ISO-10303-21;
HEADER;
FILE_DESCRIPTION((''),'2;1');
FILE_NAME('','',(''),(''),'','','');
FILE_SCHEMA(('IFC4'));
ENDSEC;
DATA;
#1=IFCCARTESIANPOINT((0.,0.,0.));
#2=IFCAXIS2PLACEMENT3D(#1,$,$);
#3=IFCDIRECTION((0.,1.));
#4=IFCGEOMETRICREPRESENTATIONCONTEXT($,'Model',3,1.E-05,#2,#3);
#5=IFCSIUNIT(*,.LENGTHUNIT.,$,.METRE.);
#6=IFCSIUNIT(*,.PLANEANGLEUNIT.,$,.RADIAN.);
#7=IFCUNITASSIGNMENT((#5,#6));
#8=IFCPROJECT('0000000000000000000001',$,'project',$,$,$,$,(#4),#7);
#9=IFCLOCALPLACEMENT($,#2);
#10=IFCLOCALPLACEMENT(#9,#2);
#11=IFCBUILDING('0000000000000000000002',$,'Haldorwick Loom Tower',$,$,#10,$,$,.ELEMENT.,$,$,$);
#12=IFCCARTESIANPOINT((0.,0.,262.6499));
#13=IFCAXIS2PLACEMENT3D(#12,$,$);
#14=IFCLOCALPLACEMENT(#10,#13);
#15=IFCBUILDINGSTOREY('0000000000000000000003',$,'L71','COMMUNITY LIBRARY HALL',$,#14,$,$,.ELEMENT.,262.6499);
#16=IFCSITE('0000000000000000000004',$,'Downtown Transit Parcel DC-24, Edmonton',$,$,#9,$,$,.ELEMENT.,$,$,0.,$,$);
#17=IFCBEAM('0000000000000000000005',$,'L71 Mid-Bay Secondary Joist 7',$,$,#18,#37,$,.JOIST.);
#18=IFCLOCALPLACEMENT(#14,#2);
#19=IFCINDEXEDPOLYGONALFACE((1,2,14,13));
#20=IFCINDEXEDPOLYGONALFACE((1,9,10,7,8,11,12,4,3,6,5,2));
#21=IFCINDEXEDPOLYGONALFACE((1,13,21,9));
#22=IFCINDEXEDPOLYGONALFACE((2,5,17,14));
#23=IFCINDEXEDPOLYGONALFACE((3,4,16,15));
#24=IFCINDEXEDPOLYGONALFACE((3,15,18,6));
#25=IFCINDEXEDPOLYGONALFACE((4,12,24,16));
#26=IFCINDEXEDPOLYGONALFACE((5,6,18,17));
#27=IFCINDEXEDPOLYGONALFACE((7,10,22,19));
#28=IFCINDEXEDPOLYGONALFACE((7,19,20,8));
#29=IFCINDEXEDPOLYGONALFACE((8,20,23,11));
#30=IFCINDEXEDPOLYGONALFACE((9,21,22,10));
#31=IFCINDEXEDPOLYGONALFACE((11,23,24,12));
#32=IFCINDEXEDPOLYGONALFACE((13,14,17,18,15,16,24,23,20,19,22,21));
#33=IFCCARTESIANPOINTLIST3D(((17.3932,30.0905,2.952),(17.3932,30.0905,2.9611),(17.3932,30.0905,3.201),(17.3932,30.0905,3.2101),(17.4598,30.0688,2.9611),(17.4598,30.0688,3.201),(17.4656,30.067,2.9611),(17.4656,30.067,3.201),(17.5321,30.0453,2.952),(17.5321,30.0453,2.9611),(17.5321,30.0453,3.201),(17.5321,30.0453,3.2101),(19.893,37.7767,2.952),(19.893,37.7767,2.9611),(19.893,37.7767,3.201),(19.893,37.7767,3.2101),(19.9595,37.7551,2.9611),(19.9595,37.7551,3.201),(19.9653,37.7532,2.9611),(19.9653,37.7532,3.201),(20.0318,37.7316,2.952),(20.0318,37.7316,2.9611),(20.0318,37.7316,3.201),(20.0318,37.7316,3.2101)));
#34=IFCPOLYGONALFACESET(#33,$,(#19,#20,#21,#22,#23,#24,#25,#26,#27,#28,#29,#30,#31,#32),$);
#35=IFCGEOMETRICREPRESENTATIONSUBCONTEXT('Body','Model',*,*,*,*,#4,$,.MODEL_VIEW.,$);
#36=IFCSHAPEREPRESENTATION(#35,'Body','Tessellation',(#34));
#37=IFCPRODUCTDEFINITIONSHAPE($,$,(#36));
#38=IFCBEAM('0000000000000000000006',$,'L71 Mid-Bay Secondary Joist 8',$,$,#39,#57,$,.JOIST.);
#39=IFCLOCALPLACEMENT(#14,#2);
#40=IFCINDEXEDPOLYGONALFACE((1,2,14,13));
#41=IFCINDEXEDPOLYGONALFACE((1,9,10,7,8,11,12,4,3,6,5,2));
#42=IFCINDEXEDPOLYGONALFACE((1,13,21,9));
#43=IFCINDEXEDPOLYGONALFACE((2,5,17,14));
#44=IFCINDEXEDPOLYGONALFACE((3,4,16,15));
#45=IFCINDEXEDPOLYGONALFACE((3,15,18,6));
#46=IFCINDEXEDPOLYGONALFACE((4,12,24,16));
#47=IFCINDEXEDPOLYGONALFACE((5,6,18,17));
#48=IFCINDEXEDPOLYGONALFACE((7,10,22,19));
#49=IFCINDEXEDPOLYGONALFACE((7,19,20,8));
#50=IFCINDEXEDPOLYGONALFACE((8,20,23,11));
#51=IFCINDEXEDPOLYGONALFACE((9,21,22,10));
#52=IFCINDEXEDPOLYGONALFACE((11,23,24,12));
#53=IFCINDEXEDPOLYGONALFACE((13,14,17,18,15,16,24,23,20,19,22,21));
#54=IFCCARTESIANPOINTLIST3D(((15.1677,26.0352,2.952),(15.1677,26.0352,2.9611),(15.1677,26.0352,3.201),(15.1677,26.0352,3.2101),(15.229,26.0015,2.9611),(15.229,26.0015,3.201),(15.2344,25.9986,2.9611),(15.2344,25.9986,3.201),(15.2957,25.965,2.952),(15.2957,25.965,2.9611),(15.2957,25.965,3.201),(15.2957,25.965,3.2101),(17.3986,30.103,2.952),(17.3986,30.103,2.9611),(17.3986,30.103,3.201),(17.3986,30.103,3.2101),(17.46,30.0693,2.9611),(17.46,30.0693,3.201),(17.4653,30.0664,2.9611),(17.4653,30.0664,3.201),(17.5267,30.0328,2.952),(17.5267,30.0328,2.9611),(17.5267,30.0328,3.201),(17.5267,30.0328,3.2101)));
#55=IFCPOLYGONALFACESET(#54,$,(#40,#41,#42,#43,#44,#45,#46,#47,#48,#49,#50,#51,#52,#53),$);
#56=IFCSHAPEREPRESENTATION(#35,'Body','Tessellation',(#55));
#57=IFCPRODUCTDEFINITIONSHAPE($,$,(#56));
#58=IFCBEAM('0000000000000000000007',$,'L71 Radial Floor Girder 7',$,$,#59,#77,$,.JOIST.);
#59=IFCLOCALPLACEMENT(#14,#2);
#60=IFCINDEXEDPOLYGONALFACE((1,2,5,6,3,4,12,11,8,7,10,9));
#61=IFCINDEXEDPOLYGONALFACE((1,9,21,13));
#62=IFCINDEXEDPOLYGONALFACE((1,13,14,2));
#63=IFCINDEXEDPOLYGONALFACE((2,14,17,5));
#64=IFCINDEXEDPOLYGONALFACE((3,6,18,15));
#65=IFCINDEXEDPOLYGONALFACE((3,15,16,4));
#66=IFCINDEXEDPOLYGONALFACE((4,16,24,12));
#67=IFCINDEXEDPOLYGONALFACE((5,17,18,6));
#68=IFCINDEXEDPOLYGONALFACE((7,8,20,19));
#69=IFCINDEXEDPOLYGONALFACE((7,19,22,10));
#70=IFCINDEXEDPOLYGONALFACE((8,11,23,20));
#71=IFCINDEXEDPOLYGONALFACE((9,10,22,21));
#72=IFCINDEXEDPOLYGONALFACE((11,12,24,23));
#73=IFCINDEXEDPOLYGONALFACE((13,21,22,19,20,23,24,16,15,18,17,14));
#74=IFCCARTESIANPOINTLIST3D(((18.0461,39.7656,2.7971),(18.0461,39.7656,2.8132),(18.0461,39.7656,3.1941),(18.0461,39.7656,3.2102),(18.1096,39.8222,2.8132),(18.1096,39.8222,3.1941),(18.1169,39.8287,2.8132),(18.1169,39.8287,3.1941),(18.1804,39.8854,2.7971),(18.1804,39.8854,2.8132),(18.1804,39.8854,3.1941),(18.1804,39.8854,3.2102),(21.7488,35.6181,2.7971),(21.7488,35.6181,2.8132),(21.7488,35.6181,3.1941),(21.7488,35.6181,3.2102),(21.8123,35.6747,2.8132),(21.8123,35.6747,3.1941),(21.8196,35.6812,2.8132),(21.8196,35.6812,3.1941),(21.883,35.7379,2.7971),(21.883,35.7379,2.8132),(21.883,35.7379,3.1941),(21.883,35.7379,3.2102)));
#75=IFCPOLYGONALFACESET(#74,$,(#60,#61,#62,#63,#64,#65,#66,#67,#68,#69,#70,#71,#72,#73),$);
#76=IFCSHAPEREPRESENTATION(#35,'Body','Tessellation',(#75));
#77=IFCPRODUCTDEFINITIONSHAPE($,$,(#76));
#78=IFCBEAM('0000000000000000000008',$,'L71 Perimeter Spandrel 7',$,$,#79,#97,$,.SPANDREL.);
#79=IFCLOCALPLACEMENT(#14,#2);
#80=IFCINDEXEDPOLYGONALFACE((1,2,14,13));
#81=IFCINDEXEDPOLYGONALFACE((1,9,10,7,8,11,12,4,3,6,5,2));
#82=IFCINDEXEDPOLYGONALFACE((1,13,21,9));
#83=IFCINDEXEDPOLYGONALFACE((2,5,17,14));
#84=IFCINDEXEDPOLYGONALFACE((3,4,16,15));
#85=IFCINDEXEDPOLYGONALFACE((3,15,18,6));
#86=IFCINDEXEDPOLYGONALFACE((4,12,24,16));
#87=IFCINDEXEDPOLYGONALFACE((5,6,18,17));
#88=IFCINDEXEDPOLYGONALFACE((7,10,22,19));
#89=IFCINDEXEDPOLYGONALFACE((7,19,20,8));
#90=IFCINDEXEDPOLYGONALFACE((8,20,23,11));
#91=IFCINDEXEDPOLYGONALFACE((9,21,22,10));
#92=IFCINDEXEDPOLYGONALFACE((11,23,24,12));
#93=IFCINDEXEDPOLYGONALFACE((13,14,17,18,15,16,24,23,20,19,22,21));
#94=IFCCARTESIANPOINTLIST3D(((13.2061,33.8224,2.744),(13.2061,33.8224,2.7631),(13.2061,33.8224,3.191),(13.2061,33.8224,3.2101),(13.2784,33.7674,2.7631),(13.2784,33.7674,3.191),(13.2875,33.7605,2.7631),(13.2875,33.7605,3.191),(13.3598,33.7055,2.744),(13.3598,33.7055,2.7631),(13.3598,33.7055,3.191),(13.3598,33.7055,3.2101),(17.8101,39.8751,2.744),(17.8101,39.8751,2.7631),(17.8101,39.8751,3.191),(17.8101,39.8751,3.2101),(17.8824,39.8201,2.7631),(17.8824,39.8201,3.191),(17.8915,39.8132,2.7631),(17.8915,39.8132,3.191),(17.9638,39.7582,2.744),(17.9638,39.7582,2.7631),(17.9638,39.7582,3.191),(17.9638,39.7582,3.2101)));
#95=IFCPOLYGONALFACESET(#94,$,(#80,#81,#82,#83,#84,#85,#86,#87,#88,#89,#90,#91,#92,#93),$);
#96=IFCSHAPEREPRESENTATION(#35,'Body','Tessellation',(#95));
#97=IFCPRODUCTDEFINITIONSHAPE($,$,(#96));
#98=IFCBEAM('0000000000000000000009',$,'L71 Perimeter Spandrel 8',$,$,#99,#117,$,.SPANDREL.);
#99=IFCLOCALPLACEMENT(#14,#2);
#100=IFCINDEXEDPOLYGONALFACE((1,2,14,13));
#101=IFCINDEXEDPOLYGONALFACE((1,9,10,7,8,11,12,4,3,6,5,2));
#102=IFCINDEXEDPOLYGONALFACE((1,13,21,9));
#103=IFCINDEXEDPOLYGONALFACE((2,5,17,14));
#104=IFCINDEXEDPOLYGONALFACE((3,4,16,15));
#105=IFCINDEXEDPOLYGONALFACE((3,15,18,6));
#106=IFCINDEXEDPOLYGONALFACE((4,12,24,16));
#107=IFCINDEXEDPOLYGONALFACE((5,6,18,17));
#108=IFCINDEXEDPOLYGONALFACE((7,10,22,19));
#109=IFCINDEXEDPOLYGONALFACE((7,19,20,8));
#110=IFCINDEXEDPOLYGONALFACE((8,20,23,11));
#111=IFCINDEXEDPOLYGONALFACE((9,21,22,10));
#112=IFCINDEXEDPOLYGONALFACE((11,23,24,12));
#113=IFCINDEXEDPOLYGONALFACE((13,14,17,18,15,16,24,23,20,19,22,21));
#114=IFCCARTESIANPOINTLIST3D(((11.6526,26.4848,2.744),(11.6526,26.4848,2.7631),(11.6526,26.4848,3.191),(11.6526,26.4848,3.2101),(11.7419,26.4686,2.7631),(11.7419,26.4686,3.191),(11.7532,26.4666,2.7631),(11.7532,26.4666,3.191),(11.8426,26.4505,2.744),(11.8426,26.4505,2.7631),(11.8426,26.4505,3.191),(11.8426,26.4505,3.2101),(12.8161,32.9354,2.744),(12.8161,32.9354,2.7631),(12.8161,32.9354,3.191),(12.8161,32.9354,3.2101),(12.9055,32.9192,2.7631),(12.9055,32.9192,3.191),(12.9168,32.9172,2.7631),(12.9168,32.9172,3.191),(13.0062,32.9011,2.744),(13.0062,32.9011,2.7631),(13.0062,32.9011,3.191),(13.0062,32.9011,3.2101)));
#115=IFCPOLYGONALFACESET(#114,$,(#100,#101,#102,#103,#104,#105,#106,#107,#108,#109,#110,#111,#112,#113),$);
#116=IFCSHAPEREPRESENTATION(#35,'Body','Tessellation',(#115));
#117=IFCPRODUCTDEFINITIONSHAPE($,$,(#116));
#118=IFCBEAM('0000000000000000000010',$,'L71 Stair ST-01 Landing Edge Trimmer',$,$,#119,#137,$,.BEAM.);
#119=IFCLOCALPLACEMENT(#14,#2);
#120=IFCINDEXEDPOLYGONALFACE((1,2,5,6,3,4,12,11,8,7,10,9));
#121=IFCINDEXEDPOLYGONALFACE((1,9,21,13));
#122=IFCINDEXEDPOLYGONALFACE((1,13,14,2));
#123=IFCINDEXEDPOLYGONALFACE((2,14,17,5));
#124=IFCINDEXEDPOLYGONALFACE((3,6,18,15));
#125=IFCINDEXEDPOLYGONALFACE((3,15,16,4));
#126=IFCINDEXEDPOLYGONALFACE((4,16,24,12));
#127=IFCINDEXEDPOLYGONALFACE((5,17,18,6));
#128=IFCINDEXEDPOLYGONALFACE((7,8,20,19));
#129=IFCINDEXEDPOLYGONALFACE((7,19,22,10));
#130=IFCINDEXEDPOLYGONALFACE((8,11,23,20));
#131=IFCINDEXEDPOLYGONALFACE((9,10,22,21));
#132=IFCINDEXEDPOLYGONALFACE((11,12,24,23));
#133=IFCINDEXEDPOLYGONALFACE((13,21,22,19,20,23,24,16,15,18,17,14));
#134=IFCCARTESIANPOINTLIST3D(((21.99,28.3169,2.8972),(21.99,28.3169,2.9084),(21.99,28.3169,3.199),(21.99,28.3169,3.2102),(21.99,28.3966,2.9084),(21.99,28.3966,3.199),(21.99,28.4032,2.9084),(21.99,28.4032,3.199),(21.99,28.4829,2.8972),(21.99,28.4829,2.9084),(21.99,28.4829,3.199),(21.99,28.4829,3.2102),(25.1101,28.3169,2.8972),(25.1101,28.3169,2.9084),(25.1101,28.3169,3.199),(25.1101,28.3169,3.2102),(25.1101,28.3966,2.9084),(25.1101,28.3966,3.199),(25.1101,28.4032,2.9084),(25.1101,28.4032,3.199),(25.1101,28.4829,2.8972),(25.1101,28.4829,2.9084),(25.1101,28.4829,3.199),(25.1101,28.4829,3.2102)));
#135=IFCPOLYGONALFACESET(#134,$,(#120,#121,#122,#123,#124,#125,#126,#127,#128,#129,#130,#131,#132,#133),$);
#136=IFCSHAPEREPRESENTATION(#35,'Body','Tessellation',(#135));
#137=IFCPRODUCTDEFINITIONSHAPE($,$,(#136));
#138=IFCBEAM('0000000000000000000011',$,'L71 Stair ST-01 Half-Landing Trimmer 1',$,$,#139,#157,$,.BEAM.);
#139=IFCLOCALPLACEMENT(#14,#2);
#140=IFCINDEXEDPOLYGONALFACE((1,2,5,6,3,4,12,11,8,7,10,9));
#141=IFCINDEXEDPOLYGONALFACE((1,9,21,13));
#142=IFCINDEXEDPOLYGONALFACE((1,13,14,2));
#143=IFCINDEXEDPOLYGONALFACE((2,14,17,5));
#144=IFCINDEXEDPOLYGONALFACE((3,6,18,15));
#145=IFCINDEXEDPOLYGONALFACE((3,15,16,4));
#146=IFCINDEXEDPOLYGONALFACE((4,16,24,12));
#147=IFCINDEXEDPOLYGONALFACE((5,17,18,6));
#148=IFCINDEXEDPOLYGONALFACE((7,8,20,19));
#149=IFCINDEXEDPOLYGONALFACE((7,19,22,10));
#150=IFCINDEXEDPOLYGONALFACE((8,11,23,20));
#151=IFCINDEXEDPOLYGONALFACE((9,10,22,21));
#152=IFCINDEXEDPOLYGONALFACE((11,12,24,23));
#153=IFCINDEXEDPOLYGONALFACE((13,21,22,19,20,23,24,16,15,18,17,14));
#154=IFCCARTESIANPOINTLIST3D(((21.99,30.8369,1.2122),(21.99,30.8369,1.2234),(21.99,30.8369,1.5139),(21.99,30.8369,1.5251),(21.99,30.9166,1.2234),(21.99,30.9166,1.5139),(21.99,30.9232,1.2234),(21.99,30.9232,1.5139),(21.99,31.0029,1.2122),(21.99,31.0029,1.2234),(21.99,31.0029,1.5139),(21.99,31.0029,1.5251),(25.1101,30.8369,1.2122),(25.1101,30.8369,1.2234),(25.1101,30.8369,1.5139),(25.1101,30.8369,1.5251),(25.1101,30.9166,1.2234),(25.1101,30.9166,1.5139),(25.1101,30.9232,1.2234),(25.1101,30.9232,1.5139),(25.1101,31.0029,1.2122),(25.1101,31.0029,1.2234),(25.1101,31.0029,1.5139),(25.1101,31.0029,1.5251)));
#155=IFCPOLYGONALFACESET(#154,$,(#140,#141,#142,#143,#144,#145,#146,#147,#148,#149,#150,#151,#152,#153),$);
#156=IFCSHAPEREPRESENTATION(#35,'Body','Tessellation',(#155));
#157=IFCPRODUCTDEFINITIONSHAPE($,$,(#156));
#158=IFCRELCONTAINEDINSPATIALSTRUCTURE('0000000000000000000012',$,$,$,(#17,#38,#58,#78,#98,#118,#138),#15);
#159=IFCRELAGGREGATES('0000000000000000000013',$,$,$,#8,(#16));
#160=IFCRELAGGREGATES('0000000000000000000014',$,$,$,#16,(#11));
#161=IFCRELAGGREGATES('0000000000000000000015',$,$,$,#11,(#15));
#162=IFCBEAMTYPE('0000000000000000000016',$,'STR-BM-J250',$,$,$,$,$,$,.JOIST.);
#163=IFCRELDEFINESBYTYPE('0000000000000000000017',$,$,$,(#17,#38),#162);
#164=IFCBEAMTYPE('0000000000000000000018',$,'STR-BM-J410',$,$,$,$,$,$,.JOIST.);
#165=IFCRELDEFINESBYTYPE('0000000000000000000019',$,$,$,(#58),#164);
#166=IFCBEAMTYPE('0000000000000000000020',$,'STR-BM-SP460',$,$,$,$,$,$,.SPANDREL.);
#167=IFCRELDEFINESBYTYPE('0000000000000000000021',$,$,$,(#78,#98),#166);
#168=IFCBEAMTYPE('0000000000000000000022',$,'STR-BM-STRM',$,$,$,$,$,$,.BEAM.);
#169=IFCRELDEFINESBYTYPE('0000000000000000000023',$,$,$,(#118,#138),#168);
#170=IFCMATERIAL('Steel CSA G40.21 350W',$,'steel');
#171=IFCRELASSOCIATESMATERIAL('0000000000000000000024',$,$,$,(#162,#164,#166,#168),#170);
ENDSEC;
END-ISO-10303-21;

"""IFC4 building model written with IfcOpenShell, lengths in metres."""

from ifc_helpers import new_model, si_unit, direction, frame, origin, origin_2d, place, context, subcontext, project, spatial, i_section, extrude, material, material_profile, profile_set, type_object, element, save


model = new_model("IFC4")

# Units and contexts
model_context = context("Model", 3, precision=1e-05, world=origin(), true_north=direction((0.0, 1.0)))
body_context = subcontext(model_context, "Body", "Model", "MODEL_VIEW")
ifc_project = project(units=[si_unit("LENGTHUNIT", "METRE"), si_unit("PLANEANGLEUNIT", "RADIAN")], contexts=[model_context])

# Site, building, storey
site_placement = place(None, origin())
site = spatial("IfcSite", under=ifc_project, at=site_placement, Name="Downtown Transit Parcel DC-24, Edmonton", CompositionType="ELEMENT", RefElevation=0.0)
building_placement = place(site_placement, origin())
building = spatial("IfcBuilding", under=site, at=building_placement, Name="Haldorwick Loom Tower", CompositionType="ELEMENT")
storey_placement = place(building_placement, frame((0.0, 0.0, 262.6499)))
storey = spatial("IfcBuildingStorey", under=building, at=storey_placement, Name="L71", Description="COMMUNITY LIBRARY HALL", CompositionType="ELEMENT", Elevation=262.6499)

# Shared definitions
ifc_material_1 = material(Name="Steel CSA G40.21 350W", Category="steel")

# Beams
ifc_material_profile_1 = material_profile(ifc_material_1, i_section(OverallWidth=0.146, OverallDepth=0.2581, WebThickness=0.0061, FlangeThickness=0.009, at=origin_2d()), Name="W250X33", Category="steel")
ifc_profile_set_1 = profile_set([ifc_material_profile_1], Name="Steel CSA G40.21 350W")
beam_type_1 = type_object("IfcBeamType", Name="STR-BM-J250", PredefinedType="JOIST", material=ifc_profile_set_1)
beam_1_placement = place(storey_placement, frame((19.9624, 37.7542, 3.0811), z_axis=(-0.309278, -0.950972, 0.0), x_axis=(0.950972, -0.309278, 0.0)))
element("IfcBeam", 1, at=beam_1_placement, inside=storey, type_object=beam_type_1, Name="L71 Mid-Bay Secondary Joist 7", PredefinedType="JOIST", context=body_context, shape_type="SweptSolid", body=[
    extrude(i_section(OverallWidth=0.146, OverallDepth=0.2581, WebThickness=0.0061, FlangeThickness=0.009, at=origin_2d()), origin(), (0.0, 0.0, 1.0), 8.0825),
])
beam_2_placement = place(storey_placement, frame((17.4626, 30.0679, 3.0811), z_axis=(-0.480864, -0.876795, 0.0), x_axis=(0.876795, -0.480864, 0.0)))
element("IfcBeam", 2, at=beam_2_placement, inside=storey, type_object=beam_type_1, Name="L71 Mid-Bay Secondary Joist 8", PredefinedType="JOIST", context=body_context, shape_type="SweptSolid", body=[
    extrude(i_section(OverallWidth=0.146, OverallDepth=0.2581, WebThickness=0.0061, FlangeThickness=0.009, at=origin_2d()), origin(), (0.0, 0.0, 1.0), 4.6394),
])
ifc_material_profile_2 = material_profile(ifc_material_1, i_section(OverallWidth=0.1799, OverallDepth=0.4131, WebThickness=0.0098, FlangeThickness=0.0161, at=origin_2d()), Name="W410X74", Category="steel")
ifc_profile_set_2 = profile_set([ifc_material_profile_2], Name="Steel CSA G40.21 350W")
beam_type_2 = type_object("IfcBeamType", Name="STR-BM-J410", PredefinedType="JOIST", material=ifc_profile_set_2)
beam_3_placement = place(storey_placement, frame((21.8159, 35.678, 3.0037), z_axis=(-0.66597, 0.745978, 0.0), x_axis=(-0.745978, -0.66597, 0.0)))
element("IfcBeam", 3, at=beam_3_placement, inside=storey, type_object=beam_type_2, Name="L71 Radial Floor Girder 7", PredefinedType="JOIST", context=body_context, shape_type="SweptSolid", body=[
    extrude(i_section(OverallWidth=0.1799, OverallDepth=0.4131, WebThickness=0.0098, FlangeThickness=0.0161, at=origin_2d()), origin(), (0.0, 0.0, 1.0), 5.5598),
])
ifc_material_profile_3 = material_profile(ifc_material_1, i_section(OverallWidth=0.1931, OverallDepth=0.4661, WebThickness=0.0115, FlangeThickness=0.019, at=origin_2d()), Name="W460X97", Category="steel")
ifc_profile_set_3 = profile_set([ifc_material_profile_3], Name="Steel CSA G40.21 350W")
beam_type_3 = type_object("IfcBeamType", Name="STR-BM-SP460", PredefinedType="SPANDREL", material=ifc_profile_set_3)
beam_4_placement = place(storey_placement, frame((17.887, 39.8167, 2.9771), z_axis=(-0.60541, -0.795913, 0.0), x_axis=(0.795913, -0.60541, 0.0)))
element("IfcBeam", 4, at=beam_4_placement, inside=storey, type_object=beam_type_3, Name="L71 Perimeter Spandrel 7", PredefinedType="SPANDREL", context=body_context, shape_type="SweptSolid", body=[
    extrude(i_section(OverallWidth=0.1931, OverallDepth=0.4661, WebThickness=0.0115, FlangeThickness=0.019, at=origin_2d()), origin(), (0.0, 0.0, 1.0), 7.6047),
])
beam_5_placement = place(storey_placement, frame((12.9111, 32.9182, 2.9771), z_axis=(-0.177515, -0.984118, 0.0), x_axis=(0.984118, -0.177515, 0.0)))
element("IfcBeam", 5, at=beam_5_placement, inside=storey, type_object=beam_type_3, Name="L71 Perimeter Spandrel 8", PredefinedType="SPANDREL", context=body_context, shape_type="SweptSolid", body=[
    extrude(i_section(OverallWidth=0.1931, OverallDepth=0.4661, WebThickness=0.0115, FlangeThickness=0.019, at=origin_2d()), origin(), (0.0, 0.0, 1.0), 6.5547),
])
ifc_material_profile_4 = material_profile(ifc_material_1, i_section(OverallWidth=0.166, OverallDepth=0.313, WebThickness=0.0066, FlangeThickness=0.0112, at=origin_2d()), Name="W310X45", Category="steel")
ifc_profile_set_4 = profile_set([ifc_material_profile_4], Name="Steel CSA G40.21 350W")
beam_type_4 = type_object("IfcBeamType", Name="STR-BM-STRM", PredefinedType="BEAM", material=ifc_profile_set_4)
for number, where, z_axis, x_axis, name in (
    (6, (21.99, 28.3999, 3.0537), (1.0, 0.0, 0.0), (0.0, 1.0, 0.0), "L71 Stair ST-01 Landing Edge Trimmer"),
    (7, (21.99, 30.9199, 1.3687), (1.0, 0.0, 0.0), (0.0, 1.0, 0.0), "L71 Stair ST-01 Half-Landing Trimmer 1"),
):
    element("IfcBeam", number, at=place(storey_placement, frame(where, z_axis=z_axis, x_axis=x_axis)), inside=storey, type_object=beam_type_4, Name=name, PredefinedType="BEAM", context=body_context, shape_type="SweptSolid", body=[
        extrude(i_section(OverallWidth=0.166, OverallDepth=0.313, WebThickness=0.0066, FlangeThickness=0.0112, at=origin_2d()), origin(), (0.0, 0.0, 1.0), 3.1201),
    ])

save(model, "model.ifc")
